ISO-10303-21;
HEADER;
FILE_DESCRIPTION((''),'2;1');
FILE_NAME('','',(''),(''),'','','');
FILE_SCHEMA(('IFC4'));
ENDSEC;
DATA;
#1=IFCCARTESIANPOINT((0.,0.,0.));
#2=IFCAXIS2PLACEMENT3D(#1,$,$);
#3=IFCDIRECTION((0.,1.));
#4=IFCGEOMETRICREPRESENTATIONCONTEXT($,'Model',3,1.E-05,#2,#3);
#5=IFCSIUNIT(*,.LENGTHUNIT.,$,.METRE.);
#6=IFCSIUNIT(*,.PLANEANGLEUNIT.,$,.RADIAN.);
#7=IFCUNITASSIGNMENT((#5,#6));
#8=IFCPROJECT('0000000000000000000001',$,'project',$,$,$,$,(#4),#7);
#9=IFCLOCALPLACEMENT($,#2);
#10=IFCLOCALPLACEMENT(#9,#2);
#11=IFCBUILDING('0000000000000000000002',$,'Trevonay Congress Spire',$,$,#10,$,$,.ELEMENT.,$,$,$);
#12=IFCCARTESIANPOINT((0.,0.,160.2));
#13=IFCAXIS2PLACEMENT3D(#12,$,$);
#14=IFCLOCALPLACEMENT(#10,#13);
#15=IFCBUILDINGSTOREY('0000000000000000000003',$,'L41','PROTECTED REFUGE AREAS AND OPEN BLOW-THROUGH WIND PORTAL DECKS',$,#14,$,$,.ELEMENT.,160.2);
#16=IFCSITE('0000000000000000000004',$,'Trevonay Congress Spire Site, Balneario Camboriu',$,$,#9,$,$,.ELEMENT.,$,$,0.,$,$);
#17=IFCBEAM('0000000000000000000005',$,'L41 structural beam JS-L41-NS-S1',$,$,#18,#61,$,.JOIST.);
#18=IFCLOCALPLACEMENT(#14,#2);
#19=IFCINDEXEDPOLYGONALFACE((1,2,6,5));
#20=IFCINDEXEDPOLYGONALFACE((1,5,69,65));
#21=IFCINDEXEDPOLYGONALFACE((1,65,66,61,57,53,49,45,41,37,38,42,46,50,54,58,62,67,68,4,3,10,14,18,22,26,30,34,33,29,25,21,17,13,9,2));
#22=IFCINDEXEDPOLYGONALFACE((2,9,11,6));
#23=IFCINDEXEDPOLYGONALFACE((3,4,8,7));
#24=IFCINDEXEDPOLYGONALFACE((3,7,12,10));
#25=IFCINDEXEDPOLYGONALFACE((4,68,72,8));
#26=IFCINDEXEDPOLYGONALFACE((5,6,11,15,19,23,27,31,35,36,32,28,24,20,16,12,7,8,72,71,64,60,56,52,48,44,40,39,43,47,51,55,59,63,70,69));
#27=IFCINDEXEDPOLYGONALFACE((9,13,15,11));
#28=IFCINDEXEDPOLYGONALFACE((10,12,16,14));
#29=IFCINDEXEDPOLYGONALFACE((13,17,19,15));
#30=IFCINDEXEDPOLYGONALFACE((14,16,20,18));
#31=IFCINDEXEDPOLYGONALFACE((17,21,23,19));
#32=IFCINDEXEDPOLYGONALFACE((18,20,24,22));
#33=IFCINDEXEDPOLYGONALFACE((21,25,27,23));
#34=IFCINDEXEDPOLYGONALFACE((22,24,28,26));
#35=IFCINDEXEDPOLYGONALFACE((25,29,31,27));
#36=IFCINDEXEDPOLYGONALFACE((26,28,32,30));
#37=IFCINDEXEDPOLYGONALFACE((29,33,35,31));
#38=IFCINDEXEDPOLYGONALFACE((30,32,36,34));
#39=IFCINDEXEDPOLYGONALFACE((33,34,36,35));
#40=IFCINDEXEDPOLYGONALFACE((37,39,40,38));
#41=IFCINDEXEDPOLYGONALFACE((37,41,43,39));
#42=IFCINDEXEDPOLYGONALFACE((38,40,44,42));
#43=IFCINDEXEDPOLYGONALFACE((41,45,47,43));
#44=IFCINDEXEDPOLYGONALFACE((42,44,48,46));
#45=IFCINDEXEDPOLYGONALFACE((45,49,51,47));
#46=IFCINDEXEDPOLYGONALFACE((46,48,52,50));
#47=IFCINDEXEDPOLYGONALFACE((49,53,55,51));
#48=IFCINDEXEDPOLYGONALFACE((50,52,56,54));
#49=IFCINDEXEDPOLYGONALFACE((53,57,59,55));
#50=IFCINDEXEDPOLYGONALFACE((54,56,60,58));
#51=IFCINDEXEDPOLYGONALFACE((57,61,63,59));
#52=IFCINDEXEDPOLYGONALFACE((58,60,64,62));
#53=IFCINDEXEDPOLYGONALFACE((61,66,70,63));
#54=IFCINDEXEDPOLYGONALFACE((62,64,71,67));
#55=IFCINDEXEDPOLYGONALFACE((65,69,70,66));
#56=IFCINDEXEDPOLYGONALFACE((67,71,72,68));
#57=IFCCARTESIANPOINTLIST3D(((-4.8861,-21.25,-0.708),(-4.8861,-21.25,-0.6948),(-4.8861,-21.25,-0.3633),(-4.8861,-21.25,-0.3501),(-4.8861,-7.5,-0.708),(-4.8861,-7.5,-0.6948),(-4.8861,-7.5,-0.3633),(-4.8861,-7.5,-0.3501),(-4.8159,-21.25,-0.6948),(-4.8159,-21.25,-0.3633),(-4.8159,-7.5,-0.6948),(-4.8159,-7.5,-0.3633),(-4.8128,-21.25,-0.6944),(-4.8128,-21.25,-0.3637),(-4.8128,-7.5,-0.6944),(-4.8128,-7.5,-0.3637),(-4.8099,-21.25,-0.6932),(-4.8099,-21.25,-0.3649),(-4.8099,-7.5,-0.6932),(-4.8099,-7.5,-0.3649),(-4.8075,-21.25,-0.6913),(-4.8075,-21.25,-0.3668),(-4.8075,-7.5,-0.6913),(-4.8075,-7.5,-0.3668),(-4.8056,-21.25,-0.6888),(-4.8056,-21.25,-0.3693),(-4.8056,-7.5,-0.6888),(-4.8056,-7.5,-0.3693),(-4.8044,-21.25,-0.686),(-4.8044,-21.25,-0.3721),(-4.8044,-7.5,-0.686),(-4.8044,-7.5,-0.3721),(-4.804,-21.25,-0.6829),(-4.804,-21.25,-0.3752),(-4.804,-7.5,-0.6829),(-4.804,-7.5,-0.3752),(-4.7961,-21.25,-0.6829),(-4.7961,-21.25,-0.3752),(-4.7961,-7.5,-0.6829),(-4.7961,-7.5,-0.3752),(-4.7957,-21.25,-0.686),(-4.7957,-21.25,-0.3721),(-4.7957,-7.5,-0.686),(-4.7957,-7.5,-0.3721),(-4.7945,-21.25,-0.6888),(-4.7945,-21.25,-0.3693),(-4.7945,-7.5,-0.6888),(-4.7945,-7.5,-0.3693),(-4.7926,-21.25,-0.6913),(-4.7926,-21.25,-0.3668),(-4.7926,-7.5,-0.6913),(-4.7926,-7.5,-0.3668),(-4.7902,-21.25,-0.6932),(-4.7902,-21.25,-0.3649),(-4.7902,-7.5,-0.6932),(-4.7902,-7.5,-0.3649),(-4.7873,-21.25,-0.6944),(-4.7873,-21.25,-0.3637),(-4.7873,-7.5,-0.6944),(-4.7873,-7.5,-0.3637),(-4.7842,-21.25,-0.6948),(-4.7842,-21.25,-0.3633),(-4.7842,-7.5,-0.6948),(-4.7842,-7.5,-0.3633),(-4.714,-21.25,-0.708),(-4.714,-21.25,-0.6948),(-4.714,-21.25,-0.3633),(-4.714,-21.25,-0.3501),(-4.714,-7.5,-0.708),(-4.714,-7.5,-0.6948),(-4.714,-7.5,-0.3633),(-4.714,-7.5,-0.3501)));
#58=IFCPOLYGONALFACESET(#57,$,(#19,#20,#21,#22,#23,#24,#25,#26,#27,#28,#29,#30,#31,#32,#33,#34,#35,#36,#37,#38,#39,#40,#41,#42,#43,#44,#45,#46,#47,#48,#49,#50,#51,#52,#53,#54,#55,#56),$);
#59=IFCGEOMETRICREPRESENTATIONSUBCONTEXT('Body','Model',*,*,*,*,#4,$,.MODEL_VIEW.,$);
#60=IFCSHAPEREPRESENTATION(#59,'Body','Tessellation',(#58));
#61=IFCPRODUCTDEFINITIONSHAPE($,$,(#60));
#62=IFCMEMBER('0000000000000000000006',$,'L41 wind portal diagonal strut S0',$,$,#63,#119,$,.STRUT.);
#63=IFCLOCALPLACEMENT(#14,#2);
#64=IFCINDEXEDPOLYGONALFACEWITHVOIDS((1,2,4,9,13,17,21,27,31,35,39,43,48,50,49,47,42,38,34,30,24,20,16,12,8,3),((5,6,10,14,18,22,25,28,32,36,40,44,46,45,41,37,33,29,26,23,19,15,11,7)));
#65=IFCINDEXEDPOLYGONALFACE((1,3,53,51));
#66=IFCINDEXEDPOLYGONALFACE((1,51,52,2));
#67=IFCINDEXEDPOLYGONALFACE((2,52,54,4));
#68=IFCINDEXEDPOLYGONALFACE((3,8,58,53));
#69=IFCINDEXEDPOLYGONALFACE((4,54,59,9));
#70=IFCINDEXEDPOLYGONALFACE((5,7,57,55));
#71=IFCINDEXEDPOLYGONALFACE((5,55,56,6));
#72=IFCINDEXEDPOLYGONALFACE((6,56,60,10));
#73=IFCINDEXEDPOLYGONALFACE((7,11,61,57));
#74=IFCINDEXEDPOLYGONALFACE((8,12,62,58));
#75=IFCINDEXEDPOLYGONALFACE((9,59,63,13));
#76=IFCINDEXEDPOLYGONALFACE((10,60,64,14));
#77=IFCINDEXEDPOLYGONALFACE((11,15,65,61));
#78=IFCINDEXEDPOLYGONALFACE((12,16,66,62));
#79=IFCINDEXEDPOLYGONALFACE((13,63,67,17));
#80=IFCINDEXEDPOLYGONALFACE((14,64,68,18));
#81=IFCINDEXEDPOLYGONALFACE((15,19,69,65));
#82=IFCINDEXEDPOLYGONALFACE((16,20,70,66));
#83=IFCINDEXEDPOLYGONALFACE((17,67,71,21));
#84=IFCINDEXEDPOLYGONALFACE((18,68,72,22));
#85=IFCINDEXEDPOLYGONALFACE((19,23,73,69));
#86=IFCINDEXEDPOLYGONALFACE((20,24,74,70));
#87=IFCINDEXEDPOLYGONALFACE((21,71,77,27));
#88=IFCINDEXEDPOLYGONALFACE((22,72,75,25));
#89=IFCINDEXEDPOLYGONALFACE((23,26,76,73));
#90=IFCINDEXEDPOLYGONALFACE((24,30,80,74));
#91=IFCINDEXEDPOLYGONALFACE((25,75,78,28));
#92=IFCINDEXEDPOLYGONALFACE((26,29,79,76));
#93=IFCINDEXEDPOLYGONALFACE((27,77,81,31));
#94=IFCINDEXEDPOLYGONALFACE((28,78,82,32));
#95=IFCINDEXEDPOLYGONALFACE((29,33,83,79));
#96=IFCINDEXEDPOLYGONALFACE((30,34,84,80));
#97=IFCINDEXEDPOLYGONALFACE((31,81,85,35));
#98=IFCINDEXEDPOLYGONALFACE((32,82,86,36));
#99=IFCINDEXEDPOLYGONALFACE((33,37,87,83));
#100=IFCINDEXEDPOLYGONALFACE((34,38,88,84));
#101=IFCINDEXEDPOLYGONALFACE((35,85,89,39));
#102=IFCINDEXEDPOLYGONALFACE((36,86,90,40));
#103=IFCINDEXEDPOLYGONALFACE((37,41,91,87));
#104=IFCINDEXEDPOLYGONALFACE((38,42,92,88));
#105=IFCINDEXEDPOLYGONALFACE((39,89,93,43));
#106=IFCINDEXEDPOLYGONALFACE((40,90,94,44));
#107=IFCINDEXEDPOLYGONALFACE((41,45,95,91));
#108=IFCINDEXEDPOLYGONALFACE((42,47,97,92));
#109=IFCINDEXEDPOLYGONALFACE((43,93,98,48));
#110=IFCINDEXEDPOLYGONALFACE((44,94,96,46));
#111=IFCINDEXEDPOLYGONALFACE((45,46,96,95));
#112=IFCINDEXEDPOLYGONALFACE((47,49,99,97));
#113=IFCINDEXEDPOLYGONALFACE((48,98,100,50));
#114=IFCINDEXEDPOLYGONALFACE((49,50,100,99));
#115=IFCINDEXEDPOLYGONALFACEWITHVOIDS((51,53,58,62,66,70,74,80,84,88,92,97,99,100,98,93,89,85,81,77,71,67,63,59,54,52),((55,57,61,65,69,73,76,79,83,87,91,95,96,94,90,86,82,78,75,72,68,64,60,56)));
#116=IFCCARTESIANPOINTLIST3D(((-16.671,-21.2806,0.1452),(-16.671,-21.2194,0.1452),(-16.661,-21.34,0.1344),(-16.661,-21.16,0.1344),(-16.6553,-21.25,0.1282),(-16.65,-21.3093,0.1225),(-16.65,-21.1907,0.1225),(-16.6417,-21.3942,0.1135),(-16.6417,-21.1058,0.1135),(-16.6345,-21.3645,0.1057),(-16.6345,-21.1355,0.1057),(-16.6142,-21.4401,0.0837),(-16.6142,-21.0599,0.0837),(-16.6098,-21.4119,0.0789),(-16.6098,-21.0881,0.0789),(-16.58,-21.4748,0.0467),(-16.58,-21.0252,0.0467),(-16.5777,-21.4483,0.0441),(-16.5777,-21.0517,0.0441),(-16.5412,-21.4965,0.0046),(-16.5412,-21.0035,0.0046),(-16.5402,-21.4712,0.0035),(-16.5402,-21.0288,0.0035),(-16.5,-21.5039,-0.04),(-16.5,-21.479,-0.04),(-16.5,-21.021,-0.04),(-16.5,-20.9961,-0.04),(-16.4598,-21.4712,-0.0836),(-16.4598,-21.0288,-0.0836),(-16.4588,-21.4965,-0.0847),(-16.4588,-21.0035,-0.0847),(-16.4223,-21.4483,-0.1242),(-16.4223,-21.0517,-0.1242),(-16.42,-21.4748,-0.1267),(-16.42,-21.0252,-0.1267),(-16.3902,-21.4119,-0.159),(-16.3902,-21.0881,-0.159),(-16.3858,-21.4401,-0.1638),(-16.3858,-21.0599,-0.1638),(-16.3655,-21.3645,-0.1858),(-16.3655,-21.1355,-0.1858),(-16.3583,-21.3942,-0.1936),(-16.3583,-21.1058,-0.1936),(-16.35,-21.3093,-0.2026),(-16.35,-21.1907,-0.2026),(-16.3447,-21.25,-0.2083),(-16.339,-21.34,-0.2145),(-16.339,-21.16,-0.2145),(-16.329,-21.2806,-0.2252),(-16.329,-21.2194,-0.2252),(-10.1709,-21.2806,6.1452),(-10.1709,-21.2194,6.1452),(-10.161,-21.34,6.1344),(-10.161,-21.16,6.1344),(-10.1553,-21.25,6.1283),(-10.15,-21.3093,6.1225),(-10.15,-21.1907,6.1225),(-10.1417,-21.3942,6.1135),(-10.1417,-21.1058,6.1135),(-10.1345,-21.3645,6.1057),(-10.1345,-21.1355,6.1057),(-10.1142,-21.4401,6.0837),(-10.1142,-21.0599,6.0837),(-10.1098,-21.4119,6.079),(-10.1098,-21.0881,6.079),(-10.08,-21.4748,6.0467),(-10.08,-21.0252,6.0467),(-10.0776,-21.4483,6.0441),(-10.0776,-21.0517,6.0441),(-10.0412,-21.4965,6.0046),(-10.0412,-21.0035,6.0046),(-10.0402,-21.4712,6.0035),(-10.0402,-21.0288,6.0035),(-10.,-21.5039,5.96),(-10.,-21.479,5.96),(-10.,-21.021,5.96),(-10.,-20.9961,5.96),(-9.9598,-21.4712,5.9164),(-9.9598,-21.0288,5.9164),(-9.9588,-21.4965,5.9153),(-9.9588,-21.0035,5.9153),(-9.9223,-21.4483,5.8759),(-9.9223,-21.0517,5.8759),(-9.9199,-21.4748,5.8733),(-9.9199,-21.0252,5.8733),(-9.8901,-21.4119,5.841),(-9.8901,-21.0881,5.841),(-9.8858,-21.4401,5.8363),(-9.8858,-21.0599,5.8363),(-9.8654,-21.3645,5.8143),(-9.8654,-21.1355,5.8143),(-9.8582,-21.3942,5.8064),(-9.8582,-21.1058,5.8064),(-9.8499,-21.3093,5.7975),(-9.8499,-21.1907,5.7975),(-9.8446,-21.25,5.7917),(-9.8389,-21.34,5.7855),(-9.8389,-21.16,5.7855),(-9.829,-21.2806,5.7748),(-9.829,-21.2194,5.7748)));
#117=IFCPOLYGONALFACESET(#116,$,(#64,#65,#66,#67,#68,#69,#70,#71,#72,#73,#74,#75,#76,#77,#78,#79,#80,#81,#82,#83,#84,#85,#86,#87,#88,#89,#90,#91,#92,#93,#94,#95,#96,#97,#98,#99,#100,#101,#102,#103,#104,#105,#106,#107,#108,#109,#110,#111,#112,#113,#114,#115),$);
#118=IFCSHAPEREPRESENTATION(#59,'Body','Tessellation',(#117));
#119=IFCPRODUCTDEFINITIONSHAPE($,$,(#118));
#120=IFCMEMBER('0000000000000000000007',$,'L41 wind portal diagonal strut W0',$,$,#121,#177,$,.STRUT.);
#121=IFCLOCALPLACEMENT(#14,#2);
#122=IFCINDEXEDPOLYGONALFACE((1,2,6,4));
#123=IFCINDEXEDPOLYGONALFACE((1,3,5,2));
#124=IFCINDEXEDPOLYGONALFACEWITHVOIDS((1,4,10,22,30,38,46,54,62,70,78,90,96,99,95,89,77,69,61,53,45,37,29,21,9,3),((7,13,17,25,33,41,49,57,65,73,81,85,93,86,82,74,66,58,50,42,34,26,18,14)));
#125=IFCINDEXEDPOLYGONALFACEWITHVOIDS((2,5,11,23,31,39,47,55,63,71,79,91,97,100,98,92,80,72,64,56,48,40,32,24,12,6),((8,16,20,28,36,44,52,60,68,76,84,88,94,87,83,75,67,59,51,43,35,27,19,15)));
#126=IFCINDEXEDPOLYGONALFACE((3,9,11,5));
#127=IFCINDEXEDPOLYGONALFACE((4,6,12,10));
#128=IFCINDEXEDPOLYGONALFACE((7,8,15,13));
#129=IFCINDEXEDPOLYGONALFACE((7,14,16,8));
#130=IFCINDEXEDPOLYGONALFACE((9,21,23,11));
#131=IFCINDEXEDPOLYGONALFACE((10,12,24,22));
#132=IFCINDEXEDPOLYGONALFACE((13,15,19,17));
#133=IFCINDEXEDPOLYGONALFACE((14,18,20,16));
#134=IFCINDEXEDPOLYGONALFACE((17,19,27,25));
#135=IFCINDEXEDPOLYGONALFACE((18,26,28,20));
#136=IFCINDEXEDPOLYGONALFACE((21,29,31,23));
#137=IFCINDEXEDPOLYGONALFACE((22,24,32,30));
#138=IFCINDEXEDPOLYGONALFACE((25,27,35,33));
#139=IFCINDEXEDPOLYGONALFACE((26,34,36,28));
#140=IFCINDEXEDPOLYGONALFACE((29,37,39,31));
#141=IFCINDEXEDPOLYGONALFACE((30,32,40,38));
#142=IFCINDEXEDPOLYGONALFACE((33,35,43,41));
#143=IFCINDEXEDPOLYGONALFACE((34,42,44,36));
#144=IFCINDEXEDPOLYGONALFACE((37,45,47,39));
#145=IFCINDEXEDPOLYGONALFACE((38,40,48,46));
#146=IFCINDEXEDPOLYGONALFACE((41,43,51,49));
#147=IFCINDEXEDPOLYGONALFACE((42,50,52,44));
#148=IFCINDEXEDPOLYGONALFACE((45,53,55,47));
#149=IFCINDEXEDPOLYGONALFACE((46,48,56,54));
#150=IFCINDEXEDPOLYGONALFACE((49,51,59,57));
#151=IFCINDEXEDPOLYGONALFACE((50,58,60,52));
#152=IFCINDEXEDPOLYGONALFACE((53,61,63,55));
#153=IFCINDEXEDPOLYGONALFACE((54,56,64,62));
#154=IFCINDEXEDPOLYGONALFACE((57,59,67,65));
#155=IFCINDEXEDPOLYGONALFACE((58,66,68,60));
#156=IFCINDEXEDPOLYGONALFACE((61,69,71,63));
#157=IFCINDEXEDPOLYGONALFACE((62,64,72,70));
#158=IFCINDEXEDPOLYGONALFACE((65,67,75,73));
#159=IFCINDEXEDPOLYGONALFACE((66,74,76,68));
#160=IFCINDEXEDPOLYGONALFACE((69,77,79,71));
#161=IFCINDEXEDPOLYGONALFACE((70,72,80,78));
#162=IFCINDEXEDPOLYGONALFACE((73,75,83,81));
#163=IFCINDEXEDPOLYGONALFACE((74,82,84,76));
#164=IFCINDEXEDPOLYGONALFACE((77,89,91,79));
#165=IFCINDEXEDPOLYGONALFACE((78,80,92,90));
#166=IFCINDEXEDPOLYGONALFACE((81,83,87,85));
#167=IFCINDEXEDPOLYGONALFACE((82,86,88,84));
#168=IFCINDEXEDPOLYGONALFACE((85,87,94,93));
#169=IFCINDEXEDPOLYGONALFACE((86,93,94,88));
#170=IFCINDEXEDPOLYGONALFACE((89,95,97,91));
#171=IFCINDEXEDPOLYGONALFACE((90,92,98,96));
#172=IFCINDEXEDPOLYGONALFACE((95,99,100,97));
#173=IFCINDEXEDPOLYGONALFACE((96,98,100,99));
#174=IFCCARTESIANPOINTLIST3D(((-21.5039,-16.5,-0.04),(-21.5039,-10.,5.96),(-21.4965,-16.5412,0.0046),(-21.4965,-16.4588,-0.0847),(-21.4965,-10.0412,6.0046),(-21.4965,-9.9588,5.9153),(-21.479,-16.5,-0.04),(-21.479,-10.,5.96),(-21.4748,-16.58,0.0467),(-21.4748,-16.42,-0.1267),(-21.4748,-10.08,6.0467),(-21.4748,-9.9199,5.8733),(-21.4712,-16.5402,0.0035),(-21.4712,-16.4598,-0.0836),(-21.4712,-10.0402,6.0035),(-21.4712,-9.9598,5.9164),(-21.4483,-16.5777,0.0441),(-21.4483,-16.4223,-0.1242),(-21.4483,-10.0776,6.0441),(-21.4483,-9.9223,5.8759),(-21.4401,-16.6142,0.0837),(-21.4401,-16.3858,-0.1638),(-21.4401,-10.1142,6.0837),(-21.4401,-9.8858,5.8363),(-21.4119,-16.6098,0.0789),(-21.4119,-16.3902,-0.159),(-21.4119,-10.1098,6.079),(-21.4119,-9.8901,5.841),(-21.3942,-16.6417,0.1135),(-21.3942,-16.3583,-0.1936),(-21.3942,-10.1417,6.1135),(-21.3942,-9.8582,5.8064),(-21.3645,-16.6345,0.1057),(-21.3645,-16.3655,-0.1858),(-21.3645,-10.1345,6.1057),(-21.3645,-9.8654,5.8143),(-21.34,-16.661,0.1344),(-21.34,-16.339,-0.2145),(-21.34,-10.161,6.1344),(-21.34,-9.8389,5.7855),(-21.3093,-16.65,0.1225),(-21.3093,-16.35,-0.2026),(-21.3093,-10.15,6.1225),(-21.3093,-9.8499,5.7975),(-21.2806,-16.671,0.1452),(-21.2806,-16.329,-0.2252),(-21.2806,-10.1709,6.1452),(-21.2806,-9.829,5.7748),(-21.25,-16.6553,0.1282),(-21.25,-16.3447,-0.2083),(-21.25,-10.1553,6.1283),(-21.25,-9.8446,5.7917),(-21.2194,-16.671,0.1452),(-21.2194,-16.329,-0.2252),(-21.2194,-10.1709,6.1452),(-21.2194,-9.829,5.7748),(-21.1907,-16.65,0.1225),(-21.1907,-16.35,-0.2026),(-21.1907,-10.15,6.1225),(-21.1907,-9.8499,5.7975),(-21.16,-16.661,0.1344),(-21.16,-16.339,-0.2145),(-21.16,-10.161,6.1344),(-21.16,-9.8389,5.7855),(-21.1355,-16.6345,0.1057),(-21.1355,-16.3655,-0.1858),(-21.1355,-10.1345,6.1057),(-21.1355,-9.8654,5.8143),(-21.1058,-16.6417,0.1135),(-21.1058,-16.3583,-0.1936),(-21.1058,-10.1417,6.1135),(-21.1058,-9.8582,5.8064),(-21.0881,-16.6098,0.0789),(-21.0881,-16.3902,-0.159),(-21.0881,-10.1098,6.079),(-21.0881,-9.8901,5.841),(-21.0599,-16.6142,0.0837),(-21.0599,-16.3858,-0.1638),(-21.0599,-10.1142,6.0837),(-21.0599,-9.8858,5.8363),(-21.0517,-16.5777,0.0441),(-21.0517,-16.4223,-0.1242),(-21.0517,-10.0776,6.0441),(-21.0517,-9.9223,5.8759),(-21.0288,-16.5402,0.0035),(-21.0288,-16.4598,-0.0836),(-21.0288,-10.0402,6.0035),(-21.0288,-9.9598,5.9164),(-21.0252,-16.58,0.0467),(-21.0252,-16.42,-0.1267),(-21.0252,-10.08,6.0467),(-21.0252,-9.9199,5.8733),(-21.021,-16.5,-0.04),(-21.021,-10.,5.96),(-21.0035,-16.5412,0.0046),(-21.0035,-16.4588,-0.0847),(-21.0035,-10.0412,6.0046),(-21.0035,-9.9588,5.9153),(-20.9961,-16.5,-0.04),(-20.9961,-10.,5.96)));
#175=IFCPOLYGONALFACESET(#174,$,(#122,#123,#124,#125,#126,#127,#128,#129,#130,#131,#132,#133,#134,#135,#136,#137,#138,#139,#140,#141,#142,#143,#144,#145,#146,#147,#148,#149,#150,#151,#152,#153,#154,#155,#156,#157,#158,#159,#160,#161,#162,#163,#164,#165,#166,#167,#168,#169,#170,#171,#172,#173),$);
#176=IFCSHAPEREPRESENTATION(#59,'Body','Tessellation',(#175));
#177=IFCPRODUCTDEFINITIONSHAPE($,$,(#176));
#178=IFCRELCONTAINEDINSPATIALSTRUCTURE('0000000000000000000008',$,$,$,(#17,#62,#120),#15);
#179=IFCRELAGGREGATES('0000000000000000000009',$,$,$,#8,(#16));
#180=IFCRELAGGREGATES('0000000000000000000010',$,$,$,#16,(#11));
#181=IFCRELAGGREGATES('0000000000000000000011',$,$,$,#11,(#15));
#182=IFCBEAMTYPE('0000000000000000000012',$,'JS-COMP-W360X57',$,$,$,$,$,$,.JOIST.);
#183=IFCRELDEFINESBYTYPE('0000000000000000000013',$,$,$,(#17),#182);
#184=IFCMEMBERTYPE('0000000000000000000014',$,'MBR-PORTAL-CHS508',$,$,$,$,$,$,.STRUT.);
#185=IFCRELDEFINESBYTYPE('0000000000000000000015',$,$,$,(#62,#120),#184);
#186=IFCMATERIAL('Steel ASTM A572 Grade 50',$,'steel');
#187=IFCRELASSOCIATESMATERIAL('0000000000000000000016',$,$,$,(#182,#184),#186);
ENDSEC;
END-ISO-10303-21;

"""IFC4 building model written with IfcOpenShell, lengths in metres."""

from ifc_helpers import new_model, si_unit, direction, frame, origin, origin_2d, place, context, subcontext, project, spatial, hollow_circle, i_section, extrude, material, material_profile, profile_set, type_object, element, save


model = new_model("IFC4")

# Units and contexts
model_context = context("Model", 3, precision=1e-05, world=origin(), true_north=direction((0.0, 1.0)))
body_context = subcontext(model_context, "Body", "Model", "MODEL_VIEW")
ifc_project = project(units=[si_unit("LENGTHUNIT", "METRE"), si_unit("PLANEANGLEUNIT", "RADIAN")], contexts=[model_context])

# Site, building, storey
site_placement = place(None, origin())
site = spatial("IfcSite", under=ifc_project, at=site_placement, Name="Trevonay Congress Spire Site, Balneario Camboriu", CompositionType="ELEMENT", RefElevation=0.0)
building_placement = place(site_placement, origin())
building = spatial("IfcBuilding", under=site, at=building_placement, Name="Trevonay Congress Spire", CompositionType="ELEMENT")
storey_placement = place(building_placement, frame((0.0, 0.0, 160.2)))
storey = spatial("IfcBuildingStorey", under=building, at=storey_placement, Name="L41", Description="PROTECTED REFUGE AREAS AND OPEN BLOW-THROUGH WIND PORTAL DECKS", CompositionType="ELEMENT", Elevation=160.2)

# Shared definitions
ifc_material_1 = material(Name="Steel ASTM A572 Grade 50", Category="steel")

# Beam
ifc_material_profile_1 = material_profile(ifc_material_1, i_section(OverallWidth=0.1721, OverallDepth=0.3579, WebThickness=0.0078, FlangeThickness=0.0132, FilletRadius=0.012, at=origin_2d()), Name="W360x57.8")
ifc_profile_set_1 = profile_set([ifc_material_profile_1], Name="Steel ASTM A572 Grade 50")
beam_type_1 = type_object("IfcBeamType", Name="JS-COMP-W360X57", PredefinedType="JOIST", material=ifc_profile_set_1)
beam_1_placement = place(storey_placement, frame((-4.8, -21.25, -0.5291), z_axis=(0.0, 1.0, 0.0), x_axis=(-1.0, 0.0, 0.0)))
element("IfcBeam", 1, at=beam_1_placement, inside=storey, type_object=beam_type_1, Name="L41 structural beam JS-L41-NS-S1", PredefinedType="JOIST", context=body_context, shape_type="SweptSolid", body=[
    extrude(i_section(OverallWidth=0.1721, OverallDepth=0.3579, WebThickness=0.0078, FlangeThickness=0.0132, FilletRadius=0.012, at=origin_2d()), origin(), (0.0, 0.0, 1.0), 13.75),
])

# Members
ifc_material_profile_2 = material_profile(ifc_material_1, hollow_circle(Radius=0.2539, WallThickness=0.0249, at=origin_2d()), Name="CHS 508x25")
ifc_profile_set_2 = profile_set([ifc_material_profile_2], Name="Steel ASTM A572 Grade 50")
member_type_1 = type_object("IfcMemberType", Name="MBR-PORTAL-CHS508", PredefinedType="STRUT", material=ifc_profile_set_2)
for number, where, z_axis, x_axis, name in (
    (2, (-16.5, -21.25, -0.04), (0.734803, 0.0, 0.67828), (0.0, 1.0, 0.0), "L41 wind portal diagonal strut S0"),
    (3, (-21.25, -16.5, -0.04), (0.0, 0.734803, 0.67828), (-1.0, 0.0, 0.0), "L41 wind portal diagonal strut W0"),
):
    element("IfcMember", number, at=place(storey_placement, frame(where, z_axis=z_axis, x_axis=x_axis)), inside=storey, type_object=member_type_1, Name=name, PredefinedType="STRUT", context=body_context, shape_type="SweptSolid", body=[
        extrude(hollow_circle(Radius=0.2539, WallThickness=0.0249, at=origin_2d()), origin(), (0.0, 0.0, 1.0), 8.8459),
    ])

save(model, "model.ifc")
